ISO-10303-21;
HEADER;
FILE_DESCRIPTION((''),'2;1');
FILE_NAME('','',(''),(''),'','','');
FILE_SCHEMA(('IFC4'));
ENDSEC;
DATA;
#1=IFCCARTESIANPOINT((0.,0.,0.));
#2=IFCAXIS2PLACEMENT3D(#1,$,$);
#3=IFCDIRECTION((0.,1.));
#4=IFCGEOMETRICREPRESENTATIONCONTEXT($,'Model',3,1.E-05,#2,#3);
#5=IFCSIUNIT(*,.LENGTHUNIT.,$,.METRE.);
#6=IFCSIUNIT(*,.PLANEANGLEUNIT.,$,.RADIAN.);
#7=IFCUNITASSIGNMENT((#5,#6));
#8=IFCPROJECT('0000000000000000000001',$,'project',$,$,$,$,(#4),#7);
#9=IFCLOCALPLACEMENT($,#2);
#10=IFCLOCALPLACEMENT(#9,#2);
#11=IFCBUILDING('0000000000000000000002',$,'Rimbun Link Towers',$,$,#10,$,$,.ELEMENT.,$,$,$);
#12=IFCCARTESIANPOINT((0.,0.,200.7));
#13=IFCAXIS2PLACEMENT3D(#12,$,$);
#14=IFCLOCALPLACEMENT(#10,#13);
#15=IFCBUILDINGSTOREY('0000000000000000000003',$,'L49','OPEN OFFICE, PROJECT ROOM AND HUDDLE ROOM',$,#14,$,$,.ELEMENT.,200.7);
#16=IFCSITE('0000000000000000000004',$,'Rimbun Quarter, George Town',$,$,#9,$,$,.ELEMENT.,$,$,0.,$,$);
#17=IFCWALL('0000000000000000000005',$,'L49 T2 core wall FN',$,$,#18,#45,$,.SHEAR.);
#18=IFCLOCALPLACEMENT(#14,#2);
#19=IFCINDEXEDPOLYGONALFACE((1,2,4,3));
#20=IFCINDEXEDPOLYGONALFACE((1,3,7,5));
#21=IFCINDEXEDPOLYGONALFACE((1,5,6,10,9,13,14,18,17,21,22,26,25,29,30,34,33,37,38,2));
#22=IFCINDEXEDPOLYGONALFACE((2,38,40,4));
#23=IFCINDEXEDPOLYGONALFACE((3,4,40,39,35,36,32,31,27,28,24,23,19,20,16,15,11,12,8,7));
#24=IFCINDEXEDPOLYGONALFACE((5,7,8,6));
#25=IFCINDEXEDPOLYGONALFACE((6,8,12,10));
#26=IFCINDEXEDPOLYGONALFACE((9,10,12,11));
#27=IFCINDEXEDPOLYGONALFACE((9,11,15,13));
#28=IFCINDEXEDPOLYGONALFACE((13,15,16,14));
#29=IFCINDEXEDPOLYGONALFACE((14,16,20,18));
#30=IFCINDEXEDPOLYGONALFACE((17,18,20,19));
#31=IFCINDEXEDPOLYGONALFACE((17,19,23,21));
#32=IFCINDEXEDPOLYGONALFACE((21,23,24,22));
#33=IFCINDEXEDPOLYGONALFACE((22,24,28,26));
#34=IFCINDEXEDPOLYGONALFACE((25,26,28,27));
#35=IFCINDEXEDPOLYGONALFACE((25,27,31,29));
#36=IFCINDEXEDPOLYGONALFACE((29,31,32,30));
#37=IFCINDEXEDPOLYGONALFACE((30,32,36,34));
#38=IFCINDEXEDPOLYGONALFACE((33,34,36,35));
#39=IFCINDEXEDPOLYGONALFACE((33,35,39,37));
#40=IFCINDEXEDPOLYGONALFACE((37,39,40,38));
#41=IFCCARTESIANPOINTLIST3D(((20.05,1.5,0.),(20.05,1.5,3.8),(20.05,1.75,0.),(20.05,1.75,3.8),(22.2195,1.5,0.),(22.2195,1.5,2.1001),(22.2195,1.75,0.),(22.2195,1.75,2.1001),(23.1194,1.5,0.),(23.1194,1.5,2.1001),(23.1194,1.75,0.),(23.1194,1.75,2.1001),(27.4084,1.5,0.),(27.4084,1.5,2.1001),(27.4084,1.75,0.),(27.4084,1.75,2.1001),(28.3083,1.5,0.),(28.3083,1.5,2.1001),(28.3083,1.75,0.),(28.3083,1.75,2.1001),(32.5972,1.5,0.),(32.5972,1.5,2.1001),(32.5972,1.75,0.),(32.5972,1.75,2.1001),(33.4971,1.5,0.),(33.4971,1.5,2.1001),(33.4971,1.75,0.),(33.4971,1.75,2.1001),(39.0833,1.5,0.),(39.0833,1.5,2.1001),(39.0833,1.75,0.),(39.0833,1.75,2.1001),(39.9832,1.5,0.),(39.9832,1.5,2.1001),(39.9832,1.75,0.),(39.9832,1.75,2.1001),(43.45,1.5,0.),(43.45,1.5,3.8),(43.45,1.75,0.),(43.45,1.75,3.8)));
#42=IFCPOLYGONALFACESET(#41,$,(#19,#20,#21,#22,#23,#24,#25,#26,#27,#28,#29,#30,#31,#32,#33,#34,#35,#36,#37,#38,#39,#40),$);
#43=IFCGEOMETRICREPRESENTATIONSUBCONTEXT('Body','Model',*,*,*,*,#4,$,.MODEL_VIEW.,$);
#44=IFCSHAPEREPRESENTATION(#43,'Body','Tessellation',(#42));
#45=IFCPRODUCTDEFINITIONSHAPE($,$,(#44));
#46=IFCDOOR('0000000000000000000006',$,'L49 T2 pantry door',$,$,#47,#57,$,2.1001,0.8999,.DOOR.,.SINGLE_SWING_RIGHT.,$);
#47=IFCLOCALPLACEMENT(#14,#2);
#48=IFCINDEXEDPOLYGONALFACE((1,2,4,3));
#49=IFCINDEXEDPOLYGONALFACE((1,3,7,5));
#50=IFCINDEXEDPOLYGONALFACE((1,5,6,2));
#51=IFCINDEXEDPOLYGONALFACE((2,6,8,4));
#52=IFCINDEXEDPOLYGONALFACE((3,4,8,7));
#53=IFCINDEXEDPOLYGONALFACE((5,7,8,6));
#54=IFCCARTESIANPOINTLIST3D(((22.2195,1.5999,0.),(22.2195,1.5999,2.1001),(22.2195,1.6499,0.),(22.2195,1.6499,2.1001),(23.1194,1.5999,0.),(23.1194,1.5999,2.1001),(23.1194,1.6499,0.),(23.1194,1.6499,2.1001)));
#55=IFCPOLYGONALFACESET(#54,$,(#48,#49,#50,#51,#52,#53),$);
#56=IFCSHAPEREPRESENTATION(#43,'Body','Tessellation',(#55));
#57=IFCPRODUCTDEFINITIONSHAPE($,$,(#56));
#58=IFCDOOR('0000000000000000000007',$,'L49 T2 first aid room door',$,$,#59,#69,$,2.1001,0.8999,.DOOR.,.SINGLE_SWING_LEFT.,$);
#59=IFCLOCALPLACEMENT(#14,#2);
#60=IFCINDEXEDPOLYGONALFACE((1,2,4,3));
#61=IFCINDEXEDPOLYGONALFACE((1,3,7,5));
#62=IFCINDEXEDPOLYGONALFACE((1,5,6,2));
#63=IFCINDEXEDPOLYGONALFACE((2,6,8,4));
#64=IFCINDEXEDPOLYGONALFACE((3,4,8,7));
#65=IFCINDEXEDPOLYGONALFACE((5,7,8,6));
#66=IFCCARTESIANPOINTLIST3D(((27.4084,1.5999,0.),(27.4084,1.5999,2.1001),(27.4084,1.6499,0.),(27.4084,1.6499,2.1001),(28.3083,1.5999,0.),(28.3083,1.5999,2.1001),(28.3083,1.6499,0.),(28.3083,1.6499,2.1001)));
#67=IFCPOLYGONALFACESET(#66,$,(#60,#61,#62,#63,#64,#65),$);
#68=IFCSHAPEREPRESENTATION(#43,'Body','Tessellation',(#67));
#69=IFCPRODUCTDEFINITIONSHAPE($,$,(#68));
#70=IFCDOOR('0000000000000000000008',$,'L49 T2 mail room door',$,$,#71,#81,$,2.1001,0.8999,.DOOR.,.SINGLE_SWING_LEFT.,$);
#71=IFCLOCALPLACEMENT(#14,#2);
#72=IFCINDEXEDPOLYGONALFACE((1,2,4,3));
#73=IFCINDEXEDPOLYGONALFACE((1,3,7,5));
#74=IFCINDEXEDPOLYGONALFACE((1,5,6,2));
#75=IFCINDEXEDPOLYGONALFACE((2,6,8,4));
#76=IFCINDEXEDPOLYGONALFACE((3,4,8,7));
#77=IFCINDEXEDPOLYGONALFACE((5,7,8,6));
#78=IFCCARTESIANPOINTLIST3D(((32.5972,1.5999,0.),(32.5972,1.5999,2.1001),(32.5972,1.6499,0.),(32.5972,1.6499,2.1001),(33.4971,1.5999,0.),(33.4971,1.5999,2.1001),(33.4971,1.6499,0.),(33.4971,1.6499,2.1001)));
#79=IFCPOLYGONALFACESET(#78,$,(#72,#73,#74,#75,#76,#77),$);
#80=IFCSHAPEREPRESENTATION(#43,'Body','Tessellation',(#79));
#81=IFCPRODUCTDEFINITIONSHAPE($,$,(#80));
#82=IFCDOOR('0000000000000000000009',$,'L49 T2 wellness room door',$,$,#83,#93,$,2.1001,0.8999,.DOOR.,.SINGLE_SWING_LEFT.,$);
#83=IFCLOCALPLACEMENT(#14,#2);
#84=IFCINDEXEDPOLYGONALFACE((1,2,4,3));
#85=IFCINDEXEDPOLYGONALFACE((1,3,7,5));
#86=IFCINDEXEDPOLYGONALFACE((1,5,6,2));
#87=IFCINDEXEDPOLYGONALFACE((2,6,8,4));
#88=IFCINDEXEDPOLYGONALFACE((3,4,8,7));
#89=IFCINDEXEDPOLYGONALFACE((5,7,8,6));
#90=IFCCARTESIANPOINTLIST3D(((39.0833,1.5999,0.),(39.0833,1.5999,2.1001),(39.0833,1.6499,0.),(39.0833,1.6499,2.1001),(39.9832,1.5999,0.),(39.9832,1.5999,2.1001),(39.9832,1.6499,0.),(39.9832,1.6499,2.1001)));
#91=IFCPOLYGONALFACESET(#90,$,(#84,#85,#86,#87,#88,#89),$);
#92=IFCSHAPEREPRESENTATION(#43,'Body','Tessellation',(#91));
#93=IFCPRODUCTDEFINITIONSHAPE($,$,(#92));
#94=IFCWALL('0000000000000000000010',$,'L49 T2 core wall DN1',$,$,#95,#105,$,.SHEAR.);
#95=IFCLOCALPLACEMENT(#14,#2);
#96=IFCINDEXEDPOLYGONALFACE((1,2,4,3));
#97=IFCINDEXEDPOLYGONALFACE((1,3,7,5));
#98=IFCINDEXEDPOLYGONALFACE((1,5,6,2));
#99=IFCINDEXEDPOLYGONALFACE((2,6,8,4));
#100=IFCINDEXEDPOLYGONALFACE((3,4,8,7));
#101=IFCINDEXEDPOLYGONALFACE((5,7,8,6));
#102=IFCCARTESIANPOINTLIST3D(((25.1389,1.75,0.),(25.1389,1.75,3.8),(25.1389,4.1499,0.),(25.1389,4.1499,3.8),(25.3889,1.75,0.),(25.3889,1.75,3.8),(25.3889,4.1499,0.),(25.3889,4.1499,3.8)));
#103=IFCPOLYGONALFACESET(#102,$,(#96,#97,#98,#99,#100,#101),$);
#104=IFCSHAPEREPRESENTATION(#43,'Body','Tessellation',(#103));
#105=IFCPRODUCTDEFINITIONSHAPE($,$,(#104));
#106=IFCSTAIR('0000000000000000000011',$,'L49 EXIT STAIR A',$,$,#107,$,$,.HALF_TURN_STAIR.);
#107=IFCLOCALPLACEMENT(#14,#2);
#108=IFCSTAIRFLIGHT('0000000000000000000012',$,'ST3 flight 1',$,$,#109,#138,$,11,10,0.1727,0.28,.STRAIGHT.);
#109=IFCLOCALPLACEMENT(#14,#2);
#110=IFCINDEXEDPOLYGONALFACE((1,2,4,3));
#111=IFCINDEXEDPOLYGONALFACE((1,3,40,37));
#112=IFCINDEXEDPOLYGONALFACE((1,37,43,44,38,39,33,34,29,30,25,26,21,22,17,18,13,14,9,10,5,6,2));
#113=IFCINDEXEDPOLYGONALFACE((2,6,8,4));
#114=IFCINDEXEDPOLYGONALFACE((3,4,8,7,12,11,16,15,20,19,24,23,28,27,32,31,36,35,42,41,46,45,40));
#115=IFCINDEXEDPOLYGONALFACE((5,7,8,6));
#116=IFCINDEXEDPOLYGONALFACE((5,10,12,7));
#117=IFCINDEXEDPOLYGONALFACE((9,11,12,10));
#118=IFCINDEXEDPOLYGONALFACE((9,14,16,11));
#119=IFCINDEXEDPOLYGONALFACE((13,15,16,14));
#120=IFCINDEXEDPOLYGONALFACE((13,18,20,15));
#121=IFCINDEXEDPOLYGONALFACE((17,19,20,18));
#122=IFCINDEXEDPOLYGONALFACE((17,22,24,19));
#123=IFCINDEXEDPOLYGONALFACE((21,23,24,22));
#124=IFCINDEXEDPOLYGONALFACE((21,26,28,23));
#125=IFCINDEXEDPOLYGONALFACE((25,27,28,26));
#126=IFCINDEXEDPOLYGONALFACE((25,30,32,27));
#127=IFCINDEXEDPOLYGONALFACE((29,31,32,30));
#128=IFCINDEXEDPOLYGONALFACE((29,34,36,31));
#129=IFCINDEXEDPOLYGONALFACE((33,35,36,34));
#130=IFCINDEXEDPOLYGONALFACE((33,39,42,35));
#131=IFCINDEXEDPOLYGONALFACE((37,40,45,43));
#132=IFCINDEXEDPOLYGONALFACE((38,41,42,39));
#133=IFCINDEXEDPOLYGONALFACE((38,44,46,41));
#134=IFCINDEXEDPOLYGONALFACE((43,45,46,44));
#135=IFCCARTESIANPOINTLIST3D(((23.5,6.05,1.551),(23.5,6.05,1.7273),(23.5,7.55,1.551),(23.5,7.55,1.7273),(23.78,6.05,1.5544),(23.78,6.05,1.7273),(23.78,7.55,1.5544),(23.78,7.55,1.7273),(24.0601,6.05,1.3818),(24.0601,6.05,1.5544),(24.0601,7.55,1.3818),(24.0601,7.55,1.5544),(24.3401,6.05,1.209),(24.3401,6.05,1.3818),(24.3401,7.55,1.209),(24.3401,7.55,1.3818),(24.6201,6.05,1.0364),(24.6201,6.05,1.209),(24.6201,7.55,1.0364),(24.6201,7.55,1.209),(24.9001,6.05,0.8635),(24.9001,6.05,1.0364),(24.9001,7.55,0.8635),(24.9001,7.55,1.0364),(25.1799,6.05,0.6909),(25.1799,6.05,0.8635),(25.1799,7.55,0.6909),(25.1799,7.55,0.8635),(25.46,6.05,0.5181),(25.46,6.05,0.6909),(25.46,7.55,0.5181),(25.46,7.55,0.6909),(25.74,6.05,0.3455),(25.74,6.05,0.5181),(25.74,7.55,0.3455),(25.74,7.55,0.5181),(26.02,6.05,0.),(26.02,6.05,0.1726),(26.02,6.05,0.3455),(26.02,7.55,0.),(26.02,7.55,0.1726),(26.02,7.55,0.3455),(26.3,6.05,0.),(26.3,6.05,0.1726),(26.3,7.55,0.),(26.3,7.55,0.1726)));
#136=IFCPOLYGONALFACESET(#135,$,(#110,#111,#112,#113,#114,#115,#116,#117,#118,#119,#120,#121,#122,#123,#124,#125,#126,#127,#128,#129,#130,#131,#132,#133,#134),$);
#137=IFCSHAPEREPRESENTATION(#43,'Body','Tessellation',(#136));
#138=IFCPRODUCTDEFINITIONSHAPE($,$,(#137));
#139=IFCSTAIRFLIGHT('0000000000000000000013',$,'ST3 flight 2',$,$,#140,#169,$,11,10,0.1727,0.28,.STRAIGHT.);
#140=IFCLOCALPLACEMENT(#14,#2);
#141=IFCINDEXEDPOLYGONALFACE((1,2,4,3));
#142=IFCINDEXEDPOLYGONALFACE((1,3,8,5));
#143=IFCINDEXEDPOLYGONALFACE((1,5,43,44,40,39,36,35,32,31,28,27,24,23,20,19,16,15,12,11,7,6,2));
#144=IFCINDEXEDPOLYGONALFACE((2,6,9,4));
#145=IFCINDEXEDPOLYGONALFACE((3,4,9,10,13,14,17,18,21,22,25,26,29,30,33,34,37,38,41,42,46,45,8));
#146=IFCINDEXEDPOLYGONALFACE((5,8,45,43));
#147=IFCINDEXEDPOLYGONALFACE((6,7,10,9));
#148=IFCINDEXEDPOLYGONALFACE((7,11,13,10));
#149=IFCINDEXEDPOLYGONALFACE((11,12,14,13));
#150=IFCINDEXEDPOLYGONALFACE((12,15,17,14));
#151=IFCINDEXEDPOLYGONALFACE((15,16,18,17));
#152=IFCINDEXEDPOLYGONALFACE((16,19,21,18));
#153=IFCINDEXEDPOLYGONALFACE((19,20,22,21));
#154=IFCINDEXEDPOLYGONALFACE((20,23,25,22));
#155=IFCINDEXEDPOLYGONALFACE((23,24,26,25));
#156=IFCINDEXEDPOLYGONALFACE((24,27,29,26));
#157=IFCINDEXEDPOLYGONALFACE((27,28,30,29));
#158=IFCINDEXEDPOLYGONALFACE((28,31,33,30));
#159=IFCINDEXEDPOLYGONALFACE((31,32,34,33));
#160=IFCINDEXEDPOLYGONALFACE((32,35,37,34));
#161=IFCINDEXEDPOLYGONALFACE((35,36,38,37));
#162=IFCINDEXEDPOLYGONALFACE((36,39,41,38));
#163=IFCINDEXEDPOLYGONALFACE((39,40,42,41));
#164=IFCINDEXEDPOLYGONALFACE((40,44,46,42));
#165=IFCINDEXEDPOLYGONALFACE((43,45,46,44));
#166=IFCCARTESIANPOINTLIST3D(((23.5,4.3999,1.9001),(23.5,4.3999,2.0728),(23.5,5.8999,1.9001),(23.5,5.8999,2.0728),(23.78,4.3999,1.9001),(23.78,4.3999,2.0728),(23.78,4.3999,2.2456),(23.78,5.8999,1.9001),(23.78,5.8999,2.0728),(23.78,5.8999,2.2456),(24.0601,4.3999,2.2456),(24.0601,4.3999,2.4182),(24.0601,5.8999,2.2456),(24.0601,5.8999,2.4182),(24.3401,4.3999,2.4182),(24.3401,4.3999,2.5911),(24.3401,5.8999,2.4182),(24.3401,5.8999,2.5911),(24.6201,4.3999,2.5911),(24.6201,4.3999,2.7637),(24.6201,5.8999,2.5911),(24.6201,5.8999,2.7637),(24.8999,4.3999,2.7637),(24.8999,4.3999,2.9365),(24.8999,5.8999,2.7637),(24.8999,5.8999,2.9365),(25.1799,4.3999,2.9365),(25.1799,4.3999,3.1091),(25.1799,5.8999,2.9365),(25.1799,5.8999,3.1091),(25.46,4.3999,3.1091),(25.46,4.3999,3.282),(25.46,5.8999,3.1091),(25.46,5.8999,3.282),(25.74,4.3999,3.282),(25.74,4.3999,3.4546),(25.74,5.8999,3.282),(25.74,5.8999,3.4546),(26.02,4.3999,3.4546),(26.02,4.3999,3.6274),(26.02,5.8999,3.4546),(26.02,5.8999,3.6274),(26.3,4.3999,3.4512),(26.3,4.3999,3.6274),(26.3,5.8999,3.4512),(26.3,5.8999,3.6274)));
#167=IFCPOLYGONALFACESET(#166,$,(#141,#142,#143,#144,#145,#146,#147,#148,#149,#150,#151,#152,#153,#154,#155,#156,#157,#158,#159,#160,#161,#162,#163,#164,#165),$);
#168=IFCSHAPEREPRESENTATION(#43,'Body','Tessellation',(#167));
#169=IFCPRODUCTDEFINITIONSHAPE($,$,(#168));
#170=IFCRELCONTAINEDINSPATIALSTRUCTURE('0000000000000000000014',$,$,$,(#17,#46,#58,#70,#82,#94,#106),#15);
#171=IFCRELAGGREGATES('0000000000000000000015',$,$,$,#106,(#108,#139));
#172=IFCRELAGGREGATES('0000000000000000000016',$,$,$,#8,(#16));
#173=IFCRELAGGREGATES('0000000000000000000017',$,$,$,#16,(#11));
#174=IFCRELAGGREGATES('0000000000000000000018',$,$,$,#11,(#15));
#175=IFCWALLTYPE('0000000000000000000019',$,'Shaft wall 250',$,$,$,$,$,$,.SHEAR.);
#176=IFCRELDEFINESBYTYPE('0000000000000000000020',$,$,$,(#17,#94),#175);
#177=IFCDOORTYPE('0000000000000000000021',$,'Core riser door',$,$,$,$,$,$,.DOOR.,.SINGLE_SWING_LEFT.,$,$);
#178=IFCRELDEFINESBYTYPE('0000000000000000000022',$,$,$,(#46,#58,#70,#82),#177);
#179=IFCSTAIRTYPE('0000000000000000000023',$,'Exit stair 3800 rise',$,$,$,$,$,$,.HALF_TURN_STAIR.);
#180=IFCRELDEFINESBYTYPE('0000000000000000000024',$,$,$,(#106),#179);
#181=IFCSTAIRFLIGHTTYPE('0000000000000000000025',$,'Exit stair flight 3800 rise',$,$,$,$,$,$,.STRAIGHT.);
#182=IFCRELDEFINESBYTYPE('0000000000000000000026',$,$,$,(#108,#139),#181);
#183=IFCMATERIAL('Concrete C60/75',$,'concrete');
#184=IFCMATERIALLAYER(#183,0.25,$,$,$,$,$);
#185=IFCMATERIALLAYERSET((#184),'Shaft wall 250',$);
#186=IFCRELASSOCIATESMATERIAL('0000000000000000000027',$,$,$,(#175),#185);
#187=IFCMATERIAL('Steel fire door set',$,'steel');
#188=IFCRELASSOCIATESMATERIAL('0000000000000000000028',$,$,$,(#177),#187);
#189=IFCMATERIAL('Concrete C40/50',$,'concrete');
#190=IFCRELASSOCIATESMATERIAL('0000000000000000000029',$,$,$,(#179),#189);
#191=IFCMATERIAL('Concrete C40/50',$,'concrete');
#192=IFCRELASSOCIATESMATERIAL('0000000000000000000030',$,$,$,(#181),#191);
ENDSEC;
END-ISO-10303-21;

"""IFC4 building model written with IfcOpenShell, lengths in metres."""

from ifc_helpers import new_model, si_unit, direction, frame, frame_2d, origin, place, context, subcontext, project, spatial, polyline, rectangle, outline, extrude, material, layer, layer_set, type_object, element, fill, aggregate, save


model = new_model("IFC4")

# Units and contexts
model_context = context("Model", 3, precision=1e-05, world=origin(), true_north=direction((0.0, 1.0)))
body_context = subcontext(model_context, "Body", "Model", "MODEL_VIEW")
ifc_project = project(units=[si_unit("LENGTHUNIT", "METRE"), si_unit("PLANEANGLEUNIT", "RADIAN")], contexts=[model_context])

# Site, building, storey
site_placement = place(None, origin())
site = spatial("IfcSite", under=ifc_project, at=site_placement, Name="Rimbun Quarter, George Town", CompositionType="ELEMENT", RefElevation=0.0)
building_placement = place(site_placement, origin())
building = spatial("IfcBuilding", under=site, at=building_placement, Name="Rimbun Link Towers", CompositionType="ELEMENT")
storey_placement = place(building_placement, frame((0.0, 0.0, 200.7)))
storey = spatial("IfcBuildingStorey", under=building, at=storey_placement, Name="L49", Description="OPEN OFFICE, PROJECT ROOM AND HUDDLE ROOM", CompositionType="ELEMENT", Elevation=200.7)

# Shared definitions
ifc_material_1 = material(Name="Concrete C60/75", Category="concrete")
ifc_layer_1 = layer(ifc_material_1, 0.25)
ifc_layer_set_1 = layer_set([ifc_layer_1], Name="Shaft wall 250")
wall_type_1 = type_object("IfcWallType", Name="Shaft wall 250", PredefinedType="SHEAR", material=ifc_layer_set_1)

# Wall, openings, doors
wall_1_placement = place(storey_placement, frame((20.05, 1.625, 0.0), z_axis=(0.0, 0.0, 1.0), x_axis=(1.0, 0.0, 0.0)))
wall_1 = element("IfcWall", 1, at=wall_1_placement, inside=storey, type_object=wall_type_1, Name="L49 T2 core wall FN", PredefinedType="SHEAR", context=body_context, shape_type="SweptSolid", body=[
    extrude(rectangle(XDim=23.3999, YDim=0.25, at=frame_2d((11.7, 0.0))), origin(), (0.0, 0.0, 1.0), 3.8),
])
opening_1_placement = place(wall_1_placement, frame((2.1694, 0.0, 0.0)))
opening_1 = element("IfcOpeningElement", 2, at=opening_1_placement, cuts=wall_1, PredefinedType="OPENING", context=body_context, shape_type="SweptSolid", body=[
    extrude(rectangle(XDim=0.8999, YDim=2.1001, at=frame_2d((0.45, 1.05))), frame((0.0, 0.135, 0.0), z_axis=(0.0, -1.0, 0.0), x_axis=(1.0, 0.0, 0.0)), (0.0, 0.0, 1.0), 0.27),
])
opening_2_placement = place(wall_1_placement, frame((7.3584, 0.0, 0.0)))
opening_2 = element("IfcOpeningElement", 3, at=opening_2_placement, cuts=wall_1, PredefinedType="OPENING", context=body_context, shape_type="SweptSolid", body=[
    extrude(rectangle(XDim=0.8999, YDim=2.1001, at=frame_2d((0.45, 1.05))), frame((0.0, 0.135, 0.0), z_axis=(0.0, -1.0, 0.0), x_axis=(1.0, 0.0, 0.0)), (0.0, 0.0, 1.0), 0.27),
])
opening_3_placement = place(wall_1_placement, frame((12.5471, 0.0, 0.0)))
opening_3 = element("IfcOpeningElement", 4, at=opening_3_placement, cuts=wall_1, PredefinedType="OPENING", context=body_context, shape_type="SweptSolid", body=[
    extrude(rectangle(XDim=0.8999, YDim=2.1001, at=frame_2d((0.45, 1.05))), frame((0.0, 0.135, 0.0), z_axis=(0.0, -1.0, 0.0), x_axis=(1.0, 0.0, 0.0)), (0.0, 0.0, 1.0), 0.27),
])
opening_4_placement = place(wall_1_placement, frame((19.0332, 0.0, 0.0)))
opening_4 = element("IfcOpeningElement", 5, at=opening_4_placement, cuts=wall_1, PredefinedType="OPENING", context=body_context, shape_type="SweptSolid", body=[
    extrude(rectangle(XDim=0.8999, YDim=2.1001, at=frame_2d((0.45, 1.05))), frame((0.0, 0.135, 0.0), z_axis=(0.0, -1.0, 0.0), x_axis=(1.0, 0.0, 0.0)), (0.0, 0.0, 1.0), 0.27),
])
ifc_material_2 = material(Name="Steel fire door set", Category="steel")
door_type_1 = type_object("IfcDoorType", Name="Core riser door", OperationType="SINGLE_SWING_LEFT", PredefinedType="DOOR", material=ifc_material_2)
door_1_placement = place(opening_1_placement, origin())
door_1 = element("IfcDoor", 6, at=door_1_placement, inside=storey, type_object=door_type_1, Name="L49 T2 pantry door", OperationType="SINGLE_SWING_RIGHT", OverallHeight=2.1001, OverallWidth=0.8999, PredefinedType="DOOR", context=body_context, shape_type="SweptSolid", body=[
    extrude(rectangle(XDim=0.8999, YDim=2.1001, at=frame_2d((0.45, 1.05))), frame((0.0, 0.0249, 0.0), z_axis=(0.0, -1.0, 0.0), x_axis=(1.0, 0.0, 0.0)), (0.0, 0.0, 1.0), 0.05),
])
fill(opening_1, door_1)
door_2_placement = place(opening_2_placement, origin())
door_2 = element("IfcDoor", 7, at=door_2_placement, inside=storey, type_object=door_type_1, Name="L49 T2 first aid room door", OperationType="SINGLE_SWING_LEFT", OverallHeight=2.1001, OverallWidth=0.8999, PredefinedType="DOOR", context=body_context, shape_type="SweptSolid", body=[
    extrude(rectangle(XDim=0.8999, YDim=2.1001, at=frame_2d((0.45, 1.05))), frame((0.0, 0.0249, 0.0), z_axis=(0.0, -1.0, 0.0), x_axis=(1.0, 0.0, 0.0)), (0.0, 0.0, 1.0), 0.05),
])
fill(opening_2, door_2)
door_3_placement = place(opening_3_placement, origin())
door_3 = element("IfcDoor", 8, at=door_3_placement, inside=storey, type_object=door_type_1, Name="L49 T2 mail room door", OperationType="SINGLE_SWING_LEFT", OverallHeight=2.1001, OverallWidth=0.8999, PredefinedType="DOOR", context=body_context, shape_type="SweptSolid", body=[
    extrude(rectangle(XDim=0.8999, YDim=2.1001, at=frame_2d((0.45, 1.05))), frame((0.0, 0.0249, 0.0), z_axis=(0.0, -1.0, 0.0), x_axis=(1.0, 0.0, 0.0)), (0.0, 0.0, 1.0), 0.05),
])
fill(opening_3, door_3)
door_4_placement = place(opening_4_placement, origin())
door_4 = element("IfcDoor", 9, at=door_4_placement, inside=storey, type_object=door_type_1, Name="L49 T2 wellness room door", OperationType="SINGLE_SWING_LEFT", OverallHeight=2.1001, OverallWidth=0.8999, PredefinedType="DOOR", context=body_context, shape_type="SweptSolid", body=[
    extrude(rectangle(XDim=0.8999, YDim=2.1001, at=frame_2d((0.45, 1.05))), frame((0.0, 0.0249, 0.0), z_axis=(0.0, -1.0, 0.0), x_axis=(1.0, 0.0, 0.0)), (0.0, 0.0, 1.0), 0.05),
])
fill(opening_4, door_4)

# Wall
wall_2_placement = place(storey_placement, frame((25.2639, 1.75, 0.0), z_axis=(0.0, 0.0, 1.0), x_axis=(0.0, 1.0, 0.0)))
element("IfcWall", 10, at=wall_2_placement, inside=storey, type_object=wall_type_1, Name="L49 T2 core wall DN1", PredefinedType="SHEAR", context=body_context, shape_type="SweptSolid", body=[
    extrude(rectangle(XDim=2.3999, YDim=0.25, at=frame_2d((1.2, 0.0))), origin(), (0.0, 0.0, 1.0), 3.8),
])

# Stair, stair flights
ifc_material_3 = material(Name="Concrete C40/50", Category="concrete")
stair_type = type_object("IfcStairType", Name="Exit stair 3800 rise", PredefinedType="HALF_TURN_STAIR", material=ifc_material_3)
stair_placement = place(storey_placement, origin())
stair = element("IfcStair", 11, at=stair_placement, inside=storey, type_object=stair_type, Name="L49 EXIT STAIR A", PredefinedType="HALF_TURN_STAIR")
ifc_material_4 = material(Name="Concrete C40/50", Category="concrete")
stair_flight_type = type_object("IfcStairFlightType", Name="Exit stair flight 3800 rise", PredefinedType="STRAIGHT", material=ifc_material_4)
stair_flight_1_placement = place(storey_placement, frame((26.3, 6.8, 0.0), z_axis=(0.0, 0.0, 1.0), x_axis=(-1.0, 0.0, 0.0)))
stair_flight_1 = element("IfcStairFlight", 12, at=stair_flight_1_placement, type_object=stair_flight_type, Name="ST3 flight 1", NumberOfRisers=11, NumberOfTreads=10, PredefinedType="STRAIGHT", RiserHeight=0.1727, TreadLength=0.28, context=body_context, shape_type="SweptSolid", body=[
    extrude(outline(polyline([(0.0, 0.0), (0.0, 0.1726), (0.28, 0.1726), (0.28, 0.3455), (0.5601, 0.3455), (0.5601, 0.5181), (0.8401, 0.5181), (0.8401, 0.6909), (1.1201, 0.6909), (1.1201, 0.8635), (1.3999, 0.8635), (1.3999, 1.0364), (1.6799, 1.0364), (1.6799, 1.209), (1.96, 1.209), (1.96, 1.3818), (2.24, 1.3818), (2.24, 1.5544), (2.52, 1.5544), (2.52, 1.7273), (2.8, 1.7273), (2.8, 1.8999), (2.8, 1.551), (0.28, 0.0), (0.0, 0.0)])), frame((0.0, 0.75, 0.0), z_axis=(0.0, -1.0, 0.0), x_axis=(1.0, 0.0, 0.0)), (0.0, 0.0, 1.0), 1.5),
])
stair_flight_2_placement = place(storey_placement, frame((23.5, 5.1499, 1.9001), z_axis=(0.0, 0.0, 1.0), x_axis=(1.0, 0.0, 0.0)))
stair_flight_2 = element("IfcStairFlight", 13, at=stair_flight_2_placement, type_object=stair_flight_type, Name="ST3 flight 2", NumberOfRisers=11, NumberOfTreads=10, PredefinedType="STRAIGHT", RiserHeight=0.1727, TreadLength=0.28, context=body_context, shape_type="SweptSolid", body=[
    extrude(outline(polyline([(0.0, 0.0), (0.0, 0.1726), (0.28, 0.1726), (0.28, 0.3455), (0.5601, 0.3455), (0.5601, 0.5181), (0.8401, 0.5181), (0.8401, 0.6909), (1.1201, 0.6909), (1.1201, 0.8635), (1.3999, 0.8635), (1.3999, 1.0364), (1.6799, 1.0364), (1.6799, 1.209), (1.96, 1.209), (1.96, 1.3818), (2.24, 1.3818), (2.24, 1.5544), (2.52, 1.5544), (2.52, 1.7273), (2.8, 1.7273), (2.8, 1.8999), (2.8, 1.551), (0.28, 0.0), (0.0, 0.0)])), frame((0.0, 0.75, 0.0), z_axis=(0.0, -1.0, 0.0), x_axis=(1.0, 0.0, 0.0)), (0.0, 0.0, 1.0), 1.5),
])
aggregate(stair, [stair_flight_1, stair_flight_2])

save(model, "model.ifc")
